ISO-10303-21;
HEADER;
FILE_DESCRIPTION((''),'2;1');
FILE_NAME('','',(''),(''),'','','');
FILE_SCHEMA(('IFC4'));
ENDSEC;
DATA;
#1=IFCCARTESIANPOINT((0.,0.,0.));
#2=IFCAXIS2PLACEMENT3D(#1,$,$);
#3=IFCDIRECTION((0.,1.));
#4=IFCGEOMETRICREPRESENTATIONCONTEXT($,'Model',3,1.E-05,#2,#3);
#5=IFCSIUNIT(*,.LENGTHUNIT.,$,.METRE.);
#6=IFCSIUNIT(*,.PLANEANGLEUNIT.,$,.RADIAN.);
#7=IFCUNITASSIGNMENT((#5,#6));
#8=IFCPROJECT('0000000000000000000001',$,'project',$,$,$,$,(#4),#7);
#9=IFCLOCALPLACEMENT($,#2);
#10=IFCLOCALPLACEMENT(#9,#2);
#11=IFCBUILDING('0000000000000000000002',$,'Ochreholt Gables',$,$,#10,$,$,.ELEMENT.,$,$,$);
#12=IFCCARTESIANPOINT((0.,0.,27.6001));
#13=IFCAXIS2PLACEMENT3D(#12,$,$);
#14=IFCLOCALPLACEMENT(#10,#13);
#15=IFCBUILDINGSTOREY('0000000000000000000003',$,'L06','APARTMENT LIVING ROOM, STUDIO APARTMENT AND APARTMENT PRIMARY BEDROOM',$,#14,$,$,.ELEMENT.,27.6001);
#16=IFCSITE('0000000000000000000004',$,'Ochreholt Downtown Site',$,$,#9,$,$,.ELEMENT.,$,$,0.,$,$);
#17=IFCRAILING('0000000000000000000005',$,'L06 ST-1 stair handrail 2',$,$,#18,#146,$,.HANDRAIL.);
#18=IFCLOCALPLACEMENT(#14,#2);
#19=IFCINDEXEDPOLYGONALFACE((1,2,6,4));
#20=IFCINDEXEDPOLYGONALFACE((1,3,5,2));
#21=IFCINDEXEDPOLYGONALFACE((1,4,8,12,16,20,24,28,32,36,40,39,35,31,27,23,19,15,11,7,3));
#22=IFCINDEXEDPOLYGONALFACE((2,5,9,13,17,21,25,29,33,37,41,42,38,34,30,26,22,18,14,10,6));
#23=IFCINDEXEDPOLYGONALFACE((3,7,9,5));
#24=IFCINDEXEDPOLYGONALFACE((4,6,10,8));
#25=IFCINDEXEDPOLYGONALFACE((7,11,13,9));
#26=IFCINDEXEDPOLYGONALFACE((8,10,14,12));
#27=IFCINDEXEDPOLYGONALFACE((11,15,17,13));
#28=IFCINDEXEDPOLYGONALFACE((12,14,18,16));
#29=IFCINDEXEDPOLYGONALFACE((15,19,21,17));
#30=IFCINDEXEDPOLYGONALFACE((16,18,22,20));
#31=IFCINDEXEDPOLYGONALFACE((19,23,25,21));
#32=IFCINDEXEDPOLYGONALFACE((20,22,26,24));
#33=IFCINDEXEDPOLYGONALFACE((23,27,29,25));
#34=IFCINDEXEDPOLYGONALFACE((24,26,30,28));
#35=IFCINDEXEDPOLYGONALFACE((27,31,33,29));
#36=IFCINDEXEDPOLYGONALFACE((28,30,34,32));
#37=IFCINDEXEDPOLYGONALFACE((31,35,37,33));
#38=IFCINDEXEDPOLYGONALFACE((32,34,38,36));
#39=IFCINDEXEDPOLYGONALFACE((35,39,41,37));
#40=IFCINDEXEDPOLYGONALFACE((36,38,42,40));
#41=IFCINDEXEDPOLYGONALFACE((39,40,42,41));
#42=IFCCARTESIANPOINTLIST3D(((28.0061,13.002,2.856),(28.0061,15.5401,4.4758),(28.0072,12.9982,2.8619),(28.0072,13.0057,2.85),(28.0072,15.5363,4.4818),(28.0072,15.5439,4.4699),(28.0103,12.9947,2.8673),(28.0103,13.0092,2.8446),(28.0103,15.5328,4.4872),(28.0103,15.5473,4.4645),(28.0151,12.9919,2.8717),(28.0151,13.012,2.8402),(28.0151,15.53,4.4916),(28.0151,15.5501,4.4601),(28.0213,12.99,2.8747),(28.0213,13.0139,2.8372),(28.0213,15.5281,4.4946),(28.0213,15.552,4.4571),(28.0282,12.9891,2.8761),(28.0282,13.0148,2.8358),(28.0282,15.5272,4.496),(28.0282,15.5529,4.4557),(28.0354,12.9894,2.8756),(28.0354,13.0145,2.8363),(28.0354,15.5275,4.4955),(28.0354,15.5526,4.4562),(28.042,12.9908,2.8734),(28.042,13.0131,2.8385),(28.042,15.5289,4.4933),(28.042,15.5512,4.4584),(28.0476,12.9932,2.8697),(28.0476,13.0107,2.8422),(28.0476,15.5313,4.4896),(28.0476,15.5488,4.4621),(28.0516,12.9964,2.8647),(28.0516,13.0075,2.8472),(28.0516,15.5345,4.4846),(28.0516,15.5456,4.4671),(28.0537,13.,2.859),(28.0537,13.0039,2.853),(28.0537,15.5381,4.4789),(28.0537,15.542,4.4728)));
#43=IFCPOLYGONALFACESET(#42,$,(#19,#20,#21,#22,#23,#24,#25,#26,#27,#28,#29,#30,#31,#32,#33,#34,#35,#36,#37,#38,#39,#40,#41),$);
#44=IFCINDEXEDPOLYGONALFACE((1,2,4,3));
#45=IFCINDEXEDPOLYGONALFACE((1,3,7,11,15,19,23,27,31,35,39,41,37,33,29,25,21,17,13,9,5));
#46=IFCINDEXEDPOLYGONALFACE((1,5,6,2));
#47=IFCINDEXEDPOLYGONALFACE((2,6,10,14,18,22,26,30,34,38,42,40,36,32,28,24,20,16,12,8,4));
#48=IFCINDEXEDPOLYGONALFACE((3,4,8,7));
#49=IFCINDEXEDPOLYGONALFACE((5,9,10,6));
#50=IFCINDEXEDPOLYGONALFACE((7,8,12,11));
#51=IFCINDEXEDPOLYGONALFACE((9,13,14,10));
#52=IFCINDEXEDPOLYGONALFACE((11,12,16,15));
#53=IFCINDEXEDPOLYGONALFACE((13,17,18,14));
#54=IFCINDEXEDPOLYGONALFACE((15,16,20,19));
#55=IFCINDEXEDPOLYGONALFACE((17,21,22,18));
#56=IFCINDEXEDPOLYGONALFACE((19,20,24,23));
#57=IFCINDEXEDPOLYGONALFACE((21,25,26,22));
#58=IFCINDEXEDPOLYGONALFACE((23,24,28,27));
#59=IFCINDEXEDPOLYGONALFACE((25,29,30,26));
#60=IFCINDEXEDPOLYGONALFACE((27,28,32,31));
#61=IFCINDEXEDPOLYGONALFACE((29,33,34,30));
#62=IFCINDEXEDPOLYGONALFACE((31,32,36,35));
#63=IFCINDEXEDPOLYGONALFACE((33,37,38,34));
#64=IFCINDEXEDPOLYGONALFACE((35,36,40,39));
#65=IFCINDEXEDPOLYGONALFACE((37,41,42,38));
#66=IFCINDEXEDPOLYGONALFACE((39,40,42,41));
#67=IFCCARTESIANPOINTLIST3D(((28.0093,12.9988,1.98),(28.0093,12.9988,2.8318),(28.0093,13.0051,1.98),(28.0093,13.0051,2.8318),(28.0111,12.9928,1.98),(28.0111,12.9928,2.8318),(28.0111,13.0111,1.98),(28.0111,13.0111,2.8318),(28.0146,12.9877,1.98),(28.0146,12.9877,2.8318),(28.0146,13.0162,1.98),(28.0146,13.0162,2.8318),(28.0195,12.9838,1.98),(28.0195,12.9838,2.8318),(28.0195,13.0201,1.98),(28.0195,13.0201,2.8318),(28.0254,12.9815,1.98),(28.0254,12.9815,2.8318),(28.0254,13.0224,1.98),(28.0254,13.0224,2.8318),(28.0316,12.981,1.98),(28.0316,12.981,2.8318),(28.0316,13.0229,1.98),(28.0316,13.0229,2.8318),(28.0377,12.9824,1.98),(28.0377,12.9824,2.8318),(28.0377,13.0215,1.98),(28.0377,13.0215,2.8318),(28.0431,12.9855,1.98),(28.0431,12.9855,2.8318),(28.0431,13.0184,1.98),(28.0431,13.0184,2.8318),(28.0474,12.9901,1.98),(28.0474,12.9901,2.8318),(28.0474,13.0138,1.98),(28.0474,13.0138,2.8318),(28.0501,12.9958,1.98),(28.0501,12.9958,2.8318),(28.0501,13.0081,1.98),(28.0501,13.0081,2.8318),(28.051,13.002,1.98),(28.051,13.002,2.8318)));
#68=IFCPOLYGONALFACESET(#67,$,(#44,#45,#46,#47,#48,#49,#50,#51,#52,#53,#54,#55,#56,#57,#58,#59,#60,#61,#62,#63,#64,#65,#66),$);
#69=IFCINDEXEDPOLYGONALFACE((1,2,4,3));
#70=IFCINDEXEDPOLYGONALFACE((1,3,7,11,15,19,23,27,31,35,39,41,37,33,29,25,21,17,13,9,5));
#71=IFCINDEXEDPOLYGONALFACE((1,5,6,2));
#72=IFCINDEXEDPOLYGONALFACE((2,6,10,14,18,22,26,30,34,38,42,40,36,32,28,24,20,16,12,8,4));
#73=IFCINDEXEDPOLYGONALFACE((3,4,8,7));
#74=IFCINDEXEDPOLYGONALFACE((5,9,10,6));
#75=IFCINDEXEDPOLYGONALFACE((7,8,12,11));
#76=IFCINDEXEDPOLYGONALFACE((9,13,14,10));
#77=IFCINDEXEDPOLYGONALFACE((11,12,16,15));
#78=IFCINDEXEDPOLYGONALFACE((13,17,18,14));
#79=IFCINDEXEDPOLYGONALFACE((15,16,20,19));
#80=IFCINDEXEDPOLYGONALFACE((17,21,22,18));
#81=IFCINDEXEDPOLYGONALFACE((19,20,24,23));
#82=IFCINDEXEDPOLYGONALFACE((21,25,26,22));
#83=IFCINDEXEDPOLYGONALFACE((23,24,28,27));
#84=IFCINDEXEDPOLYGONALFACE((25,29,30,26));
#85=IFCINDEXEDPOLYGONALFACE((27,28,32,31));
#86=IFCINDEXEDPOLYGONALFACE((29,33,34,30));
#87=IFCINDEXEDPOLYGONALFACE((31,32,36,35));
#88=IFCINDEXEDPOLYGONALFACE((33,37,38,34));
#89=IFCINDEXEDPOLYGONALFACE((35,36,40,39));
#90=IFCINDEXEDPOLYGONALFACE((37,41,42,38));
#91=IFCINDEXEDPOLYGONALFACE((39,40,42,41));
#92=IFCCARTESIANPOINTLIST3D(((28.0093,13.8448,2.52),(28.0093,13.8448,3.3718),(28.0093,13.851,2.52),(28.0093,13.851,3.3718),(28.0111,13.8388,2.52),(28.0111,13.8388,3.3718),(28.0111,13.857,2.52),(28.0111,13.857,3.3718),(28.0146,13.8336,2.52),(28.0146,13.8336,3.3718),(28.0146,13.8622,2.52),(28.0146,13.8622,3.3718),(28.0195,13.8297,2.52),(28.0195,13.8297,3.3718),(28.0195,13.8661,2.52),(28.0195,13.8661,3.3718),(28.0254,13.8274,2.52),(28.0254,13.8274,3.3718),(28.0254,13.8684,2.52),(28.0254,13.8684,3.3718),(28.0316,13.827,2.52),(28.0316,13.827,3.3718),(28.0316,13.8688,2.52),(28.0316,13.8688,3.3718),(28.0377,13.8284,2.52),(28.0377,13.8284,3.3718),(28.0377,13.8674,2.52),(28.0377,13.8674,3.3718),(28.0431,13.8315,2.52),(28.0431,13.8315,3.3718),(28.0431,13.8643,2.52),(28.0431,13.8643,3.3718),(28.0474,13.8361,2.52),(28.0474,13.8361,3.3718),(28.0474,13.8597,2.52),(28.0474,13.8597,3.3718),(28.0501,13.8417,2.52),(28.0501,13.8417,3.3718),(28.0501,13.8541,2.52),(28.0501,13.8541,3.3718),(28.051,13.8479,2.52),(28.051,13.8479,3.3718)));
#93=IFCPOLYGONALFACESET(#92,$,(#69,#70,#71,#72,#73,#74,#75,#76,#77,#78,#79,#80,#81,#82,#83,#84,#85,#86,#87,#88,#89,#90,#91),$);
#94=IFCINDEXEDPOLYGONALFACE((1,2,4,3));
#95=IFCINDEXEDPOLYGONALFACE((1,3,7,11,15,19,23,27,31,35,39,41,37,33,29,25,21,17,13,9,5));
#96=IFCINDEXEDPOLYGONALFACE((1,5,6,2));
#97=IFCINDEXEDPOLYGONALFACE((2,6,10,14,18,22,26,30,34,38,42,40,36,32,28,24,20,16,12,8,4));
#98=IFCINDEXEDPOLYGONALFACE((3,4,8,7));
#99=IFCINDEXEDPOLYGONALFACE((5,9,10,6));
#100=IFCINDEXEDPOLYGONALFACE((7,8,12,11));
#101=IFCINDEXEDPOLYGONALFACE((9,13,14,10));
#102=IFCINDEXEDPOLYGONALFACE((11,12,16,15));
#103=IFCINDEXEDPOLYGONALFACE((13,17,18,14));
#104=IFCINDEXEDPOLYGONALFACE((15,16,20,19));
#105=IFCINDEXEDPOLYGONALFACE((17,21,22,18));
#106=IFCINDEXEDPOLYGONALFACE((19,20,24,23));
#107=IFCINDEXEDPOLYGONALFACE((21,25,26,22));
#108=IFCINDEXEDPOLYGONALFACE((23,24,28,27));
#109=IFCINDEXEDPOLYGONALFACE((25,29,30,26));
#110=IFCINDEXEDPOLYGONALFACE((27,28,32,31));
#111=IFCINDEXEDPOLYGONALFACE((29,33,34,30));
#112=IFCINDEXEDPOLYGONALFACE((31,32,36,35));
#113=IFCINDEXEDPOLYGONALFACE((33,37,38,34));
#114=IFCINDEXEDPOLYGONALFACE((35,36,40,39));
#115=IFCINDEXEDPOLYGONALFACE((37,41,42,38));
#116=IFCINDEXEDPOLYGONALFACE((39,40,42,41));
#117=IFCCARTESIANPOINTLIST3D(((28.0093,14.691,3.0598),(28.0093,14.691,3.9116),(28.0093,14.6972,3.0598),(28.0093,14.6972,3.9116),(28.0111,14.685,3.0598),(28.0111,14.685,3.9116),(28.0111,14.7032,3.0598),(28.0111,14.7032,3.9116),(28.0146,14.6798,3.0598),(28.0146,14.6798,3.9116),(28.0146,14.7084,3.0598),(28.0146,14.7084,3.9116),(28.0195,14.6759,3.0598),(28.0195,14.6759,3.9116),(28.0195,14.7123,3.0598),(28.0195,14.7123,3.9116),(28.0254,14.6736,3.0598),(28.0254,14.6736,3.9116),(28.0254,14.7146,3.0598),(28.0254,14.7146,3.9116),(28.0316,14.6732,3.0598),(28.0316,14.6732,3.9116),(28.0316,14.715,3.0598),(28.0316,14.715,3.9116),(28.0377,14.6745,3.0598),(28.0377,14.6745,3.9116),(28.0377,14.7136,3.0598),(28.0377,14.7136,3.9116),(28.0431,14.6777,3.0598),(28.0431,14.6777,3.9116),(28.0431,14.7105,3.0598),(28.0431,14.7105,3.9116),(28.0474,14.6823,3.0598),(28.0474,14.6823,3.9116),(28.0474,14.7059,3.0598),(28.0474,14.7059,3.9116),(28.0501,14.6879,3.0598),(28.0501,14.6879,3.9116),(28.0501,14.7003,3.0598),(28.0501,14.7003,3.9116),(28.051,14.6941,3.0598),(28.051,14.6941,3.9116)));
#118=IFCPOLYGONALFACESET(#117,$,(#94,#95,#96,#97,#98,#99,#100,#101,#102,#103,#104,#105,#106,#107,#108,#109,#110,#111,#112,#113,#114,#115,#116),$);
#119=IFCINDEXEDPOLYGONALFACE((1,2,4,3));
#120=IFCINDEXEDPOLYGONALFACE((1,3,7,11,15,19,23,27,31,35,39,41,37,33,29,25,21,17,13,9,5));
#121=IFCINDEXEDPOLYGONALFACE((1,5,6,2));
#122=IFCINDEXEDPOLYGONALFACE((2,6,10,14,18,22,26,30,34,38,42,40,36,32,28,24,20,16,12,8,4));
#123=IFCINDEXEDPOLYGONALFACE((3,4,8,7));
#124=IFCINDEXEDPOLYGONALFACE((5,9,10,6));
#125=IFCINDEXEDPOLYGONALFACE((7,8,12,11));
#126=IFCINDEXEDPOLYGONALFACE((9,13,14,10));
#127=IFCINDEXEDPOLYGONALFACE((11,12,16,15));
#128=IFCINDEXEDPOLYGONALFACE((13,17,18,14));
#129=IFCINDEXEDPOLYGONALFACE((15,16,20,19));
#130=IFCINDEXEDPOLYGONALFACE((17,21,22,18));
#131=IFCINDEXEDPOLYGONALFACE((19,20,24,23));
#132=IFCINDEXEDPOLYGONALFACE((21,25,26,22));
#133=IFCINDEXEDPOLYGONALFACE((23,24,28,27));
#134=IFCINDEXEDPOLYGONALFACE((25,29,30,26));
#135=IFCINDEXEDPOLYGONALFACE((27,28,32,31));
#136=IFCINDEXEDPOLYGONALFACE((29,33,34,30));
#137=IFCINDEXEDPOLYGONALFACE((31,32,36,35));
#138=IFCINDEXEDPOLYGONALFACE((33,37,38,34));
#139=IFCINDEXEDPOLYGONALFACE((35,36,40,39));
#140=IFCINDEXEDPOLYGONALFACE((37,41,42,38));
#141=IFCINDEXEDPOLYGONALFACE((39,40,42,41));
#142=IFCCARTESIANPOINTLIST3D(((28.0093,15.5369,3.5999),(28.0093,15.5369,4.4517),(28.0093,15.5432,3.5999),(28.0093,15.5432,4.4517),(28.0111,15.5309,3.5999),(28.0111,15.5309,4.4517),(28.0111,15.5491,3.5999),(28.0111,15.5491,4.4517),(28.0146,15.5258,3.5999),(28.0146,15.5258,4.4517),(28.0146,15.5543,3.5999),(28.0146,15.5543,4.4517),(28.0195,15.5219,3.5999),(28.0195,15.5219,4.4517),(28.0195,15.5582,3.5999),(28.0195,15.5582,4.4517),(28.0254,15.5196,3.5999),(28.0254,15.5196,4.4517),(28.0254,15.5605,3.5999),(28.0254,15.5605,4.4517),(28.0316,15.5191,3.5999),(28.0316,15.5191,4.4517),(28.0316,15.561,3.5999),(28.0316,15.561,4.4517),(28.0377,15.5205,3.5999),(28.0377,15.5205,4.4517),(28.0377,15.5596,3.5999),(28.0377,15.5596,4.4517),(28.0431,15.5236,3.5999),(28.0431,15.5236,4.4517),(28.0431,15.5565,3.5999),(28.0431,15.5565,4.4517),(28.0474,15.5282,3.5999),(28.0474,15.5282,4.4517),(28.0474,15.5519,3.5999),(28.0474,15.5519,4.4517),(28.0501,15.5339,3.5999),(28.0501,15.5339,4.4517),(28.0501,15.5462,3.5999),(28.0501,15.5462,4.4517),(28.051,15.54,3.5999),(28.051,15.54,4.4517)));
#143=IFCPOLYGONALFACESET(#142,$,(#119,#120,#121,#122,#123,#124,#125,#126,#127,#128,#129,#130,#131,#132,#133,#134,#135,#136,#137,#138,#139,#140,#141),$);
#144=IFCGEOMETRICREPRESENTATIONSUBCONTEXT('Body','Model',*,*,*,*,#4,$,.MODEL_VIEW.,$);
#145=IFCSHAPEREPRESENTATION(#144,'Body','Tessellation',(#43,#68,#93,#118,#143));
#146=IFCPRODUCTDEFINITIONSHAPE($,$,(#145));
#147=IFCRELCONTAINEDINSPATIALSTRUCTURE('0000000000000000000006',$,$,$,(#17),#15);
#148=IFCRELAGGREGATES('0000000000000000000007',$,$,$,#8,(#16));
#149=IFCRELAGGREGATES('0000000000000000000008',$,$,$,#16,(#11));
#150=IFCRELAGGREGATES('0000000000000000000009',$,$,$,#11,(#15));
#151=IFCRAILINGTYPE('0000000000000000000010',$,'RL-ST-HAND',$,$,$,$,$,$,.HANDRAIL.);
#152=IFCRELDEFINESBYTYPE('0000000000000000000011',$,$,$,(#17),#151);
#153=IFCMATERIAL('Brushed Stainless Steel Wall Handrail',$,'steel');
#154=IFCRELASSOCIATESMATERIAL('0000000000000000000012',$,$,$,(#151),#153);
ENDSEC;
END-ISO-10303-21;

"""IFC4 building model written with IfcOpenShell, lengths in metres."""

from ifc_helpers import new_model, si_unit, direction, frame, origin, origin_2d, place, context, subcontext, project, spatial, circle, extrude, material, type_object, element, save


model = new_model("IFC4")

# Units and contexts
model_context = context("Model", 3, precision=1e-05, world=origin(), true_north=direction((0.0, 1.0)))
body_context = subcontext(model_context, "Body", "Model", "MODEL_VIEW")
ifc_project = project(units=[si_unit("LENGTHUNIT", "METRE"), si_unit("PLANEANGLEUNIT", "RADIAN")], contexts=[model_context])

# Site, building, storey
site_placement = place(None, origin())
site = spatial("IfcSite", under=ifc_project, at=site_placement, Name="Ochreholt Downtown Site", CompositionType="ELEMENT", RefElevation=0.0)
building_placement = place(site_placement, origin())
building = spatial("IfcBuilding", under=site, at=building_placement, Name="Ochreholt Gables", CompositionType="ELEMENT")
storey_placement = place(building_placement, frame((0.0, 0.0, 27.6001)))
storey = spatial("IfcBuildingStorey", under=building, at=storey_placement, Name="L06", Description="APARTMENT LIVING ROOM, STUDIO APARTMENT AND APARTMENT PRIMARY BEDROOM", CompositionType="ELEMENT", Elevation=27.6001)

# Railing
ifc_material_1 = material(Name="Brushed Stainless Steel Wall Handrail", Category="steel")
railing_type_1 = type_object("IfcRailingType", Name="RL-ST-HAND", PredefinedType="HANDRAIL", material=ifc_material_1)
railing_1_placement = place(storey_placement, frame((28.03, 13.002, 1.98)))
element("IfcRailing", 1, at=railing_1_placement, inside=storey, type_object=railing_type_1, Name="L06 ST-1 stair handrail 2", PredefinedType="HANDRAIL", context=body_context, shape_type="SweptSolid", body=[
    extrude(circle(Radius=0.0239, at=origin_2d()), frame((0.0, 0.0, 0.876), z_axis=(0.0, 0.84295, 0.537993), x_axis=(-1.0, 0.0, 0.0)), (0.0, 0.0, 1.0), 3.011),
    extrude(circle(Radius=0.021, at=origin_2d()), origin(), (0.0, 0.0, 1.0), 0.8518),
    extrude(circle(Radius=0.021, at=origin_2d()), frame((0.0, 0.8459, 0.54)), (0.0, 0.0, 1.0), 0.8518),
    extrude(circle(Radius=0.021, at=origin_2d()), frame((0.0, 1.6921, 1.0798)), (0.0, 0.0, 1.0), 0.8518),
    extrude(circle(Radius=0.021, at=origin_2d()), frame((0.0, 2.5381, 1.6199)), (0.0, 0.0, 1.0), 0.8518),
])

save(model, "model.ifc")
